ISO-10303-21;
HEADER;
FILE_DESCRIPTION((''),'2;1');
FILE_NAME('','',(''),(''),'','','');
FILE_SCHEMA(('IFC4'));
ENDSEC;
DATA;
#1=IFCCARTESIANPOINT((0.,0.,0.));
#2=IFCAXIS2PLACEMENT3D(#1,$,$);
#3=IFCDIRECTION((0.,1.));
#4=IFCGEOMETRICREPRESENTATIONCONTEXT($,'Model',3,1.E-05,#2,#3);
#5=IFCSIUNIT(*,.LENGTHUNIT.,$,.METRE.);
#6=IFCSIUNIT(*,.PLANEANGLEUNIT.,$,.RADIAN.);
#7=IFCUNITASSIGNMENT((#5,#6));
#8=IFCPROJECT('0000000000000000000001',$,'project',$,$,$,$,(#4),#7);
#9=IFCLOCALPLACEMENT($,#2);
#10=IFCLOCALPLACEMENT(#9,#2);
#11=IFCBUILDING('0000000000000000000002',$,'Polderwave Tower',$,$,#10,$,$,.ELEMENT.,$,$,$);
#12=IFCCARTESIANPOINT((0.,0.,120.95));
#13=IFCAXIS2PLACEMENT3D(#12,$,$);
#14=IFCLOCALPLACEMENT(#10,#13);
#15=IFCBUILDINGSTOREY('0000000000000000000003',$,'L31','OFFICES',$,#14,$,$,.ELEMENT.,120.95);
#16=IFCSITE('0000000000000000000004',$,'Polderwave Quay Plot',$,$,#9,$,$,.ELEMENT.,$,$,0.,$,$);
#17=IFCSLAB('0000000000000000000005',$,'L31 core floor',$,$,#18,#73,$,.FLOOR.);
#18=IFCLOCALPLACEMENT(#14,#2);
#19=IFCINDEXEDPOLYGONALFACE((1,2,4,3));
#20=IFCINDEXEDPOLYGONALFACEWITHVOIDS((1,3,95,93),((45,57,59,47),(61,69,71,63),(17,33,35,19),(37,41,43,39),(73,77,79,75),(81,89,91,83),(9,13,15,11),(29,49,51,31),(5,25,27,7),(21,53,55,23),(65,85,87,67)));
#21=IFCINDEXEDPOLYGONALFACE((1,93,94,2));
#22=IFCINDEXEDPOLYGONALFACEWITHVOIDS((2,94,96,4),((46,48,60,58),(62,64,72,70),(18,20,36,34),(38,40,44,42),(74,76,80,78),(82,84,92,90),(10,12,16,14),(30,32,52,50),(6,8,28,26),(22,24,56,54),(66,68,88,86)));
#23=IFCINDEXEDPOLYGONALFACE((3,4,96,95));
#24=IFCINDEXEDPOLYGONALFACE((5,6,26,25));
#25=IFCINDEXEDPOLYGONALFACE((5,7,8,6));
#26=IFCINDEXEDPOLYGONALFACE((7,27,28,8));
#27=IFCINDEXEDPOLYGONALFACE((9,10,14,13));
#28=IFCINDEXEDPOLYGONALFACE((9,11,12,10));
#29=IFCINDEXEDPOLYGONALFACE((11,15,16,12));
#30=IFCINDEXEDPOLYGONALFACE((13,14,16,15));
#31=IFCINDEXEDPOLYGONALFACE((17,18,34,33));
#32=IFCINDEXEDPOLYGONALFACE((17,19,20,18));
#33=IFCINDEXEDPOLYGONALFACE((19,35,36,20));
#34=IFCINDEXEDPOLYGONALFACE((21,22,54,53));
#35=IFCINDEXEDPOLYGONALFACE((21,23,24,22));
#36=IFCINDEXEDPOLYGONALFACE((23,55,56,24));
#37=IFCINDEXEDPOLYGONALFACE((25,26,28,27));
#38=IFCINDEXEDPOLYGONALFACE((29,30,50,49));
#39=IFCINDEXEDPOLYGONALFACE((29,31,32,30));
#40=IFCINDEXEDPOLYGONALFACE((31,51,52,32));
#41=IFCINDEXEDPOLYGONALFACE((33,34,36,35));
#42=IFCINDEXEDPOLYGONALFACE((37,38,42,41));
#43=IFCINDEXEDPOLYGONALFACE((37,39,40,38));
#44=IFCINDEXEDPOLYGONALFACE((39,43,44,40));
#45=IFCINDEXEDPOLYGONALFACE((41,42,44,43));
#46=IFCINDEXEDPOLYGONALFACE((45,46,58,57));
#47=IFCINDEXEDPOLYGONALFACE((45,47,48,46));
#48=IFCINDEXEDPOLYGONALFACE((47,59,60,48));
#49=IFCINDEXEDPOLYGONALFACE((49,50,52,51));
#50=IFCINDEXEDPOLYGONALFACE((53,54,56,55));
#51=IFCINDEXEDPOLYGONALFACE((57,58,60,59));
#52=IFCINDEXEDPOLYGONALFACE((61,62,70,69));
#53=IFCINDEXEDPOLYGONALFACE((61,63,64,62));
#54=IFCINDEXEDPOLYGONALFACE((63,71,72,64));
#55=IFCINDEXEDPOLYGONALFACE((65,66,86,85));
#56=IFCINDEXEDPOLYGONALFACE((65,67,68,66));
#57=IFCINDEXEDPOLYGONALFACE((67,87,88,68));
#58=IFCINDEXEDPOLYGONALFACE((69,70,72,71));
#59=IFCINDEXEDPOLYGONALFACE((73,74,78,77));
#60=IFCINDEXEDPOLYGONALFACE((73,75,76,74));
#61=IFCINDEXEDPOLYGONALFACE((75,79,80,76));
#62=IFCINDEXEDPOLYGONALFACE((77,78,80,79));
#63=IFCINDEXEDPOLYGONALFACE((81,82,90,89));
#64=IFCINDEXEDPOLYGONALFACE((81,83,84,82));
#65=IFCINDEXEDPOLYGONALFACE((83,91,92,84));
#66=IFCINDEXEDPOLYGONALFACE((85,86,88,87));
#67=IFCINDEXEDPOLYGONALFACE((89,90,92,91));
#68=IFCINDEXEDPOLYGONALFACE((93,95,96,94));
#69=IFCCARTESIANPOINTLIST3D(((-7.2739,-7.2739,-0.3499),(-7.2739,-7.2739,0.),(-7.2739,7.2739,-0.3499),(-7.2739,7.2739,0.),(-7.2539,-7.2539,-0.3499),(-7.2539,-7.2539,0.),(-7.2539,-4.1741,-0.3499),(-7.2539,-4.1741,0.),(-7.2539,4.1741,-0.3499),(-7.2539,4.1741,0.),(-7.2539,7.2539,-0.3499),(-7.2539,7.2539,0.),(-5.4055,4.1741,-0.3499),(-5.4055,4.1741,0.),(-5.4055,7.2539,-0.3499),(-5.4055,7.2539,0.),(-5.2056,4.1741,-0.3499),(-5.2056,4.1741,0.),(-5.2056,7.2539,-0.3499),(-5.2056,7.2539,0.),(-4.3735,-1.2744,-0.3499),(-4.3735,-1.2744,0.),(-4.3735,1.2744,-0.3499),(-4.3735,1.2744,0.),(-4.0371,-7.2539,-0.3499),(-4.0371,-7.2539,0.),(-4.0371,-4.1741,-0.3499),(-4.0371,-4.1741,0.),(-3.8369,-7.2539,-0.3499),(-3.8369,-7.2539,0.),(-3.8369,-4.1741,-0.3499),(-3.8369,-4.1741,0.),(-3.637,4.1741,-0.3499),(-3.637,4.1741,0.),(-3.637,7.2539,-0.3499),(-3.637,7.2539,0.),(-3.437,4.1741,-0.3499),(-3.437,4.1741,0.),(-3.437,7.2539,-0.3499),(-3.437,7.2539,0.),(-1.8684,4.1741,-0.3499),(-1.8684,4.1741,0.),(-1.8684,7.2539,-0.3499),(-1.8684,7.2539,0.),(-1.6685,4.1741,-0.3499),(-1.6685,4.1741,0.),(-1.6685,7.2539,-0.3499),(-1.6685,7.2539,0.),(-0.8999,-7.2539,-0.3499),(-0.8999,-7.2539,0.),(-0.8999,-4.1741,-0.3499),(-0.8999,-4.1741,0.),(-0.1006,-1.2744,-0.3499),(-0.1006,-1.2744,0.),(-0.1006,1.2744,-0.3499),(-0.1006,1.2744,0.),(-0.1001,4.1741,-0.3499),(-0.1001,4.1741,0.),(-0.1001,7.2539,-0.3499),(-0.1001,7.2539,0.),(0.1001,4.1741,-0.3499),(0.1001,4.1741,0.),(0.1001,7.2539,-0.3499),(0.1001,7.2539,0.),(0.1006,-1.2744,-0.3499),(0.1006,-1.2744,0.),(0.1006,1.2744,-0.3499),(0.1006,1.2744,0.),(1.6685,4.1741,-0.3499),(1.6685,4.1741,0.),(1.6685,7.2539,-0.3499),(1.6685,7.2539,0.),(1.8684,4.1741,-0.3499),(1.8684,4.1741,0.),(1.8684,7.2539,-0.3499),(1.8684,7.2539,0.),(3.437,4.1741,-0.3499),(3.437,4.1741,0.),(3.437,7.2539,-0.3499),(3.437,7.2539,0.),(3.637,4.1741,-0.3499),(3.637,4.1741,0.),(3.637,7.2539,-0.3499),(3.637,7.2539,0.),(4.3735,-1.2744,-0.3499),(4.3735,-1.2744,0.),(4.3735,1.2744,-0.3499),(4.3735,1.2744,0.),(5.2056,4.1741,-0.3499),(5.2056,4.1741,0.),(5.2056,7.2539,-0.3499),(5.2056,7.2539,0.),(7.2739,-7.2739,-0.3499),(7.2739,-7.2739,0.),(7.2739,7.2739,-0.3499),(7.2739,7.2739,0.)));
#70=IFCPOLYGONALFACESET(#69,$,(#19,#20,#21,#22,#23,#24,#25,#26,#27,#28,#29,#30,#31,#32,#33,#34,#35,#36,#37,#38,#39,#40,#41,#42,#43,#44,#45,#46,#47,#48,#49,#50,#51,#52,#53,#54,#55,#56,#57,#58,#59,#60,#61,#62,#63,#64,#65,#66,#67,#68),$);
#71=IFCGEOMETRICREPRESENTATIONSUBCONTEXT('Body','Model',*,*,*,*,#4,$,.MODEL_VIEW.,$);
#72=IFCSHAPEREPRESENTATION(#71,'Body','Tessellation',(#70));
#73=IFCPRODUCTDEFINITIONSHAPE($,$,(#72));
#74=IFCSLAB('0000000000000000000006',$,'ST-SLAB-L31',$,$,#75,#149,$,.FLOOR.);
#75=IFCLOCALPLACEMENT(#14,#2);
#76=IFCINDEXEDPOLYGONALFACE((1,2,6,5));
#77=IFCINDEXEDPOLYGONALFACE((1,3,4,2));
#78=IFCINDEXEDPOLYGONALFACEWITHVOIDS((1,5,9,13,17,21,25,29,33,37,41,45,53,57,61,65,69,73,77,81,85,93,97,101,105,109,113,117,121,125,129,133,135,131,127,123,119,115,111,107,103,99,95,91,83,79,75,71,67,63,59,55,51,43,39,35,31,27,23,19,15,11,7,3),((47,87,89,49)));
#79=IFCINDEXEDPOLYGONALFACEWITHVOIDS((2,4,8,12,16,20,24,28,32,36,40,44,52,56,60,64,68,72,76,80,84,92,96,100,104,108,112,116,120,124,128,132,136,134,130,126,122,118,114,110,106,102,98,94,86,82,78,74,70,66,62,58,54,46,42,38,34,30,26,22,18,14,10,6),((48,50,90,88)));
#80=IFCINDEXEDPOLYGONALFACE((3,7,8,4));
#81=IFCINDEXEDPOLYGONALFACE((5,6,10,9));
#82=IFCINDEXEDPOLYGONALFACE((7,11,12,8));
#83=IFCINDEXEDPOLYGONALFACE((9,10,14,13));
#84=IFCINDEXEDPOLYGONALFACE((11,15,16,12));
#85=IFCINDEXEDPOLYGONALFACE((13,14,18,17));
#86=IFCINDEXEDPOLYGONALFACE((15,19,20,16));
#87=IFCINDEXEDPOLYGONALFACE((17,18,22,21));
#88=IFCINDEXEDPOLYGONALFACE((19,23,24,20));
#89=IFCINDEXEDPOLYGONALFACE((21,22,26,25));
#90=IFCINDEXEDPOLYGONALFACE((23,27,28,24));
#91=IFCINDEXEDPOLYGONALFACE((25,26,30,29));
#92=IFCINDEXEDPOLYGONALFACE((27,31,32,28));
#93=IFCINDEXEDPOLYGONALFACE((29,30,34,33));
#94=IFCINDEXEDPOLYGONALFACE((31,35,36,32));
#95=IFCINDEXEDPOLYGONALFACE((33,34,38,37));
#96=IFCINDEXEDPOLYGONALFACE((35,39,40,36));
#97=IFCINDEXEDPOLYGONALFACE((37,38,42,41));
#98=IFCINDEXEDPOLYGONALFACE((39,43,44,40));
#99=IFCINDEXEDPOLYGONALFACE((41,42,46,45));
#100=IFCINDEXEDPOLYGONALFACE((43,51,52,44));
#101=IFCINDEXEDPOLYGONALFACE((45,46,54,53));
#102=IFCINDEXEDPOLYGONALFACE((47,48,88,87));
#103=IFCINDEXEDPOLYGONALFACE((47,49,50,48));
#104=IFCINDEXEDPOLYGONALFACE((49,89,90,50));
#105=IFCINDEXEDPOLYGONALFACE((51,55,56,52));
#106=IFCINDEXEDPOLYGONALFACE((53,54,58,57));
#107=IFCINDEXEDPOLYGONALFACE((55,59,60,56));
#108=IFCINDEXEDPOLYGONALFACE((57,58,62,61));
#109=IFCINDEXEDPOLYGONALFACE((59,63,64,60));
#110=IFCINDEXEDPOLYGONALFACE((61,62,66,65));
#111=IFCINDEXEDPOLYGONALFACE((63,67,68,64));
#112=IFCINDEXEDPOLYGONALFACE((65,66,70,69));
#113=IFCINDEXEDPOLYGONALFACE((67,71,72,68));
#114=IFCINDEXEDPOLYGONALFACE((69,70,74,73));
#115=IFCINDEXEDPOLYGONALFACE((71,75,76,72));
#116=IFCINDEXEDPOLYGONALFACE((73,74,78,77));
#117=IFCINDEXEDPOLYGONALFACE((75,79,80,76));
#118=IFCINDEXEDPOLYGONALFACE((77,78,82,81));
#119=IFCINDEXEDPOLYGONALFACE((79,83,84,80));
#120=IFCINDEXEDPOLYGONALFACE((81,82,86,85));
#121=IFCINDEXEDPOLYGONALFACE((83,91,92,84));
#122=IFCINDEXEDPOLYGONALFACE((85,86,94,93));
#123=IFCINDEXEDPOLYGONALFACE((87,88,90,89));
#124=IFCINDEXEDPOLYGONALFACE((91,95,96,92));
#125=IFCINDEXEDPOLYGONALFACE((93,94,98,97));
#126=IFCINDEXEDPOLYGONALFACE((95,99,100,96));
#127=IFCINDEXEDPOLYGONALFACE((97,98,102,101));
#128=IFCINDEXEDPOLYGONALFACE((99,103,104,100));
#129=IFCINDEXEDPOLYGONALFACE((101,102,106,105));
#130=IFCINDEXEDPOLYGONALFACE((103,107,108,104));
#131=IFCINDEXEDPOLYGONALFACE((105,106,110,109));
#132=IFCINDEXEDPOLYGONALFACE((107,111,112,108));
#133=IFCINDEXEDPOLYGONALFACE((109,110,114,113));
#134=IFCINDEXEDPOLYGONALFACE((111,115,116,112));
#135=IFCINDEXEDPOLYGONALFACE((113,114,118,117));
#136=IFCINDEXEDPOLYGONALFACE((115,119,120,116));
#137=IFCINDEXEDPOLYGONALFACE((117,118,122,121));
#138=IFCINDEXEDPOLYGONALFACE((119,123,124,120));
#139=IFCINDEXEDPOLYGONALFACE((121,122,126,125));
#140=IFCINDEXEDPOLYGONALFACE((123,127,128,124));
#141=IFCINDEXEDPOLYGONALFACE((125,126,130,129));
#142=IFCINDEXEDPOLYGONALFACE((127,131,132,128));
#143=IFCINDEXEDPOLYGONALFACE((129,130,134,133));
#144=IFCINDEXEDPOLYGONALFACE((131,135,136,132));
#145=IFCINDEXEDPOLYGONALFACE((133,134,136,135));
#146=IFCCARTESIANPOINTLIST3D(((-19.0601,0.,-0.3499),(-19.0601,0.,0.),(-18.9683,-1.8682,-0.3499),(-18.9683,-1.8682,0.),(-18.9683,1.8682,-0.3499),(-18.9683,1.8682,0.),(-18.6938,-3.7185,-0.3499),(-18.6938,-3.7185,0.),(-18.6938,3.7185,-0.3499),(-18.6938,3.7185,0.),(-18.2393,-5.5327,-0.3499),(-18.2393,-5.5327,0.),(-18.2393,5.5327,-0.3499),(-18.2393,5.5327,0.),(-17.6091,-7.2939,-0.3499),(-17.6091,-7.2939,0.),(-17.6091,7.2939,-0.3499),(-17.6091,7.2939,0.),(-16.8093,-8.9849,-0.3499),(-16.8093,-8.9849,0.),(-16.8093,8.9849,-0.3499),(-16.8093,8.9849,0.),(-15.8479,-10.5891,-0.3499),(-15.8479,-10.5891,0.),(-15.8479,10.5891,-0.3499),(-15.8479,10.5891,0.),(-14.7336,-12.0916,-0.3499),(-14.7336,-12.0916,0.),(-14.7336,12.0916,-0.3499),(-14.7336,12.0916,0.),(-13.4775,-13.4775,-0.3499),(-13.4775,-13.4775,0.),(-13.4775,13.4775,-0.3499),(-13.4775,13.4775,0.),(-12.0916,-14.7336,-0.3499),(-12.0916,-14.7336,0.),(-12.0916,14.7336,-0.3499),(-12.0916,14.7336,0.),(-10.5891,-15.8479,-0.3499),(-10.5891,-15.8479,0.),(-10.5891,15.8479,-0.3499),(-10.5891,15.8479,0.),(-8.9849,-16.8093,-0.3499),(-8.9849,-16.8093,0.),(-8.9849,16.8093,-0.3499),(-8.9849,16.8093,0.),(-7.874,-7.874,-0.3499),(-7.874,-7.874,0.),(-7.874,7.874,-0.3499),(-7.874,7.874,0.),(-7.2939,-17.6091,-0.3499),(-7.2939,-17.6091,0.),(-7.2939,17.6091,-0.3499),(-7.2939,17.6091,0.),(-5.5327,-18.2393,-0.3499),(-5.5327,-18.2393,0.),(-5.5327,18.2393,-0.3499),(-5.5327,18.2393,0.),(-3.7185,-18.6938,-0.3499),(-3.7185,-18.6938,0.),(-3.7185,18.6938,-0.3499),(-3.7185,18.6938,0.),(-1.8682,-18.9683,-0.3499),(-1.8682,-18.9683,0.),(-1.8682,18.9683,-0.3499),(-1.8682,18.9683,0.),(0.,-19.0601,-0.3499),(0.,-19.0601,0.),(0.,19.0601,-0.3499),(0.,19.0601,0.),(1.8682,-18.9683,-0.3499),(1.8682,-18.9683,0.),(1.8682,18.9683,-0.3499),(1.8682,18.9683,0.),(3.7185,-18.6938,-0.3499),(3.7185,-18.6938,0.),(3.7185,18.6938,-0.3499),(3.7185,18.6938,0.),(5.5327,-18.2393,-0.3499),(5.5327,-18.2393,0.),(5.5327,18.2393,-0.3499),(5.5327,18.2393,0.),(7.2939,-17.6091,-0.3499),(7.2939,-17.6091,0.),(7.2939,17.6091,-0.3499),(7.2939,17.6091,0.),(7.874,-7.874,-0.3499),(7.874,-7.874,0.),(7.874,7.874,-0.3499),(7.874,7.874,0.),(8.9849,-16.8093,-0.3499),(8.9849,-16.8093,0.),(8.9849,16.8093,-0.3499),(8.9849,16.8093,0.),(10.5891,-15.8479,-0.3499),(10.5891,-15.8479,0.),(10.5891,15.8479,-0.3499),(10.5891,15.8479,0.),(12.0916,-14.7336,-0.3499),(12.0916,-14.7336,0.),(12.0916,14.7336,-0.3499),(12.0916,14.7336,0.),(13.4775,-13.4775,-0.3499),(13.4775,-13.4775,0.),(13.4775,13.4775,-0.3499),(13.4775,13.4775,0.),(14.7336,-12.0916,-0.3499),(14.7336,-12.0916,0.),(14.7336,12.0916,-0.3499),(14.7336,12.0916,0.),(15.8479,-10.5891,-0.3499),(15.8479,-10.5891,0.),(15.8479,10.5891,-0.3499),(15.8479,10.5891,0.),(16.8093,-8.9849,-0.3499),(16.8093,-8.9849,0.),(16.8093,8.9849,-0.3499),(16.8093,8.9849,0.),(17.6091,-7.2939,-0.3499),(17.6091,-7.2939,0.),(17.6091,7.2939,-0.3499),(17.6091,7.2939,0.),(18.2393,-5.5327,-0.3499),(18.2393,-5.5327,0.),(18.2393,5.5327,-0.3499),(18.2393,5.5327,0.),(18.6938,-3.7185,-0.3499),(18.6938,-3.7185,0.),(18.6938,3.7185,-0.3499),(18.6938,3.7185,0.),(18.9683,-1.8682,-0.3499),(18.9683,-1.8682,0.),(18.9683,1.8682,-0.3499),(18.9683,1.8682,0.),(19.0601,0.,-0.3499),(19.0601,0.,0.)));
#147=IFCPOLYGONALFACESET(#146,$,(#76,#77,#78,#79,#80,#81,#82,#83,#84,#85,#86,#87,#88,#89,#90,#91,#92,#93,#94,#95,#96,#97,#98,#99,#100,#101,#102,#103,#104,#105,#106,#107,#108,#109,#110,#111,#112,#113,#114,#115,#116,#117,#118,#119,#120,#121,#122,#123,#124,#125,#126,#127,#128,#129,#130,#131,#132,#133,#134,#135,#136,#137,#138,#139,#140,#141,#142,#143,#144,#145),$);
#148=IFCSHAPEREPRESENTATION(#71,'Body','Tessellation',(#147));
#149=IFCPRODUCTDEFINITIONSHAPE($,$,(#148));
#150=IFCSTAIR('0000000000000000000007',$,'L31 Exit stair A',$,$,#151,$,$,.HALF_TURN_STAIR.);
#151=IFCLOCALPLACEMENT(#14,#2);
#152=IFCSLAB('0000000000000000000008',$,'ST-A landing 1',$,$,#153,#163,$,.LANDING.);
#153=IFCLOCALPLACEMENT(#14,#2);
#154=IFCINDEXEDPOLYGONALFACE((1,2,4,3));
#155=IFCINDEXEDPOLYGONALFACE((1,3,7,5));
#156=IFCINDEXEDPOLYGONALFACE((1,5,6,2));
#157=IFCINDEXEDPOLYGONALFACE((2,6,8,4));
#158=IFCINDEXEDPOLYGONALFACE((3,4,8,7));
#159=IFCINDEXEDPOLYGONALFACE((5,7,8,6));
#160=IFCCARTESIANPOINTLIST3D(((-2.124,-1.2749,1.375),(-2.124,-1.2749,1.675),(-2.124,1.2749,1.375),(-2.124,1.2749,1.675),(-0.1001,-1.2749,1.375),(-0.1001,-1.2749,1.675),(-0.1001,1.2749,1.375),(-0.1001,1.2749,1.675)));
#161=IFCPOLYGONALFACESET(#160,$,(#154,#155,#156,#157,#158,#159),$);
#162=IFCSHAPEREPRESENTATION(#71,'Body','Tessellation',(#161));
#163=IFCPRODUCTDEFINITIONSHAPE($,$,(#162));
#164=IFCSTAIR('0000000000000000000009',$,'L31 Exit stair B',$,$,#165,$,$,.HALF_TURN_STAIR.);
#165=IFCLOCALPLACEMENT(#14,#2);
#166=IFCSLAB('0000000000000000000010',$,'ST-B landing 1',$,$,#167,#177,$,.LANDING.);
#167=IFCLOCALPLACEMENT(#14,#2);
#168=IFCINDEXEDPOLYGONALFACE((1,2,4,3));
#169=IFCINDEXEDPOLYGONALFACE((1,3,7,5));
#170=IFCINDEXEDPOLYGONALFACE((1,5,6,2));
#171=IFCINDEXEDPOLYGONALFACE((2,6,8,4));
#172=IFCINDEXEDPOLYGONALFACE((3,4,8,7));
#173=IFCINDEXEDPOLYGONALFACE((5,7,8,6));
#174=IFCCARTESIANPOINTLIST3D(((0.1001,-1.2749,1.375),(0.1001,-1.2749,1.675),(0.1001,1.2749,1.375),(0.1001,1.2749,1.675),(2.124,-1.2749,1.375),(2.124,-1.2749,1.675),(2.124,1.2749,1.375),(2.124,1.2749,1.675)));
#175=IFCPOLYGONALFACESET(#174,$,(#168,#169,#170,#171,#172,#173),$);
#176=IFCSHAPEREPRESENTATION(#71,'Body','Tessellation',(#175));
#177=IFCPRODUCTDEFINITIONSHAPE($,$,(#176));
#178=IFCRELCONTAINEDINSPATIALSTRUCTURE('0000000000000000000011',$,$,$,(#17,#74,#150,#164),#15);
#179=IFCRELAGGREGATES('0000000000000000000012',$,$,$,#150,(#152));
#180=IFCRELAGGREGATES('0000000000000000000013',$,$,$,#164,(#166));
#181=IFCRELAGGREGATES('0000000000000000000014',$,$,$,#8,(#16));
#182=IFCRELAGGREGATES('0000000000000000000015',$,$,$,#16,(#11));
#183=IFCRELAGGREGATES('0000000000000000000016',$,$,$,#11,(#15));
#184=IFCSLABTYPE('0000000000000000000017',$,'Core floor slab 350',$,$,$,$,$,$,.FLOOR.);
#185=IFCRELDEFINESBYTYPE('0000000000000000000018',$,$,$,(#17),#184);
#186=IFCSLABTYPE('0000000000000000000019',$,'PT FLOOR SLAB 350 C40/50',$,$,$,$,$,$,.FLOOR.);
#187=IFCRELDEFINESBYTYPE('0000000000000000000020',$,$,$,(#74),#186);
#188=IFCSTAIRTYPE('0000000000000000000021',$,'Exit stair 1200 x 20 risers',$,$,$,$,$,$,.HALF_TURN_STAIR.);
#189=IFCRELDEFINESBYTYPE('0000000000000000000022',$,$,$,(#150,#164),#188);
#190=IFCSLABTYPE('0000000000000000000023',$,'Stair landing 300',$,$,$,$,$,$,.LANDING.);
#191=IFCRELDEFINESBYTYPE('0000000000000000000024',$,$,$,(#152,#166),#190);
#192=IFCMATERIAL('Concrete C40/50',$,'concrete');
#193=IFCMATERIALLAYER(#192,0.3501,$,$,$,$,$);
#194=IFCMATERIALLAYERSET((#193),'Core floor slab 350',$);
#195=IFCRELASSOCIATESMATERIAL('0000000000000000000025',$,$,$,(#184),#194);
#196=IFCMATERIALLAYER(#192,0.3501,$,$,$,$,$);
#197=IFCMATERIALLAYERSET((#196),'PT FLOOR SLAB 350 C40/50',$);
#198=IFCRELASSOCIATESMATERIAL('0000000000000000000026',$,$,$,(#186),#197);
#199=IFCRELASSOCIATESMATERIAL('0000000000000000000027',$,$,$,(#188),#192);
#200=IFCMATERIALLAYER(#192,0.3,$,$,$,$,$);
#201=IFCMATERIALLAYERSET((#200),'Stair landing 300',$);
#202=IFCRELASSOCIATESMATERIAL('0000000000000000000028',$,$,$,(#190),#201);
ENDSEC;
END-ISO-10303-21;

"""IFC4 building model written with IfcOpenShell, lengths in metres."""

from ifc_helpers import new_model, si_unit, direction, frame, origin, place, context, subcontext, project, spatial, polyline, outline, extrude, material, layer, layer_set, type_object, element, aggregate, save


model = new_model("IFC4")

# Units and contexts
model_context = context("Model", 3, precision=1e-05, world=origin(), true_north=direction((0.0, 1.0)))
body_context = subcontext(model_context, "Body", "Model", "MODEL_VIEW")
ifc_project = project(units=[si_unit("LENGTHUNIT", "METRE"), si_unit("PLANEANGLEUNIT", "RADIAN")], contexts=[model_context])

# Site, building, storey
site_placement = place(None, origin())
site = spatial("IfcSite", under=ifc_project, at=site_placement, Name="Polderwave Quay Plot", CompositionType="ELEMENT", RefElevation=0.0)
building_placement = place(site_placement, origin())
building = spatial("IfcBuilding", under=site, at=building_placement, Name="Polderwave Tower", CompositionType="ELEMENT")
storey_placement = place(building_placement, frame((0.0, 0.0, 120.95)))
storey = spatial("IfcBuildingStorey", under=building, at=storey_placement, Name="L31", Description="OFFICES", CompositionType="ELEMENT", Elevation=120.95)

# Slabs
ifc_material_1 = material(Name="Concrete C40/50", Category="concrete")
ifc_layer_1 = layer(ifc_material_1, 0.3501)
ifc_layer_set_1 = layer_set([ifc_layer_1], Name="Core floor slab 350")
slab_type_1 = type_object("IfcSlabType", Name="Core floor slab 350", PredefinedType="FLOOR", material=ifc_layer_set_1)
slab_1_placement = place(storey_placement, frame((0.0, 0.0, -0.3499)))
element("IfcSlab", 1, at=slab_1_placement, inside=storey, type_object=slab_type_1, Name="L31 core floor", PredefinedType="FLOOR", context=body_context, shape_type="SweptSolid", body=[
    extrude(outline(polyline([(-7.2739, -7.2739), (7.2739, -7.2739), (7.2739, 7.2739), (-7.2739, 7.2739), (-7.2739, -7.2739)]), holes=[polyline([(-7.2539, -7.2539), (-4.0371, -7.2539), (-4.0371, -4.1741), (-7.2539, -4.1741), (-7.2539, -7.2539)]), polyline([(-3.8369, -7.2539), (-0.8999, -7.2539), (-0.8999, -4.1741), (-3.8369, -4.1741), (-3.8369, -7.2539)]), polyline([(-7.2539, 4.1741), (-5.4055, 4.1741), (-5.4055, 7.2539), (-7.2539, 7.2539), (-7.2539, 4.1741)]), polyline([(-5.2056, 4.1741), (-3.637, 4.1741), (-3.637, 7.2539), (-5.2056, 7.2539), (-5.2056, 4.1741)]), polyline([(-3.437, 4.1741), (-1.8684, 4.1741), (-1.8684, 7.2539), (-3.437, 7.2539), (-3.437, 4.1741)]), polyline([(-1.6685, 4.1741), (-0.1001, 4.1741), (-0.1001, 7.2539), (-1.6685, 7.2539), (-1.6685, 4.1741)]), polyline([(0.1001, 4.1741), (1.6685, 4.1741), (1.6685, 7.2539), (0.1001, 7.2539), (0.1001, 4.1741)]), polyline([(1.8684, 4.1741), (3.437, 4.1741), (3.437, 7.2539), (1.8684, 7.2539), (1.8684, 4.1741)]), polyline([(3.637, 4.1741), (5.2056, 4.1741), (5.2056, 7.2539), (3.637, 7.2539), (3.637, 4.1741)]), polyline([(-4.3735, -1.2744), (-0.1006, -1.2744), (-0.1006, 1.2744), (-4.3735, 1.2744), (-4.3735, -1.2744)]), polyline([(0.1006, -1.2744), (4.3735, -1.2744), (4.3735, 1.2744), (0.1006, 1.2744), (0.1006, -1.2744)])]), origin(), (0.0, 0.0, 1.0), 0.3499),
])
ifc_layer_2 = layer(ifc_material_1, 0.3501)
ifc_layer_set_2 = layer_set([ifc_layer_2], Name="PT FLOOR SLAB 350 C40/50")
slab_type_2 = type_object("IfcSlabType", Name="PT FLOOR SLAB 350 C40/50", PredefinedType="FLOOR", material=ifc_layer_set_2)
slab_2_placement = place(storey_placement, frame((0.0, 0.0, -0.3499)))
element("IfcSlab", 2, at=slab_2_placement, inside=storey, type_object=slab_type_2, Name="ST-SLAB-L31", PredefinedType="FLOOR", context=body_context, shape_type="SweptSolid", body=[
    extrude(outline(polyline([(19.0601, 0.0), (18.9683, 1.8682), (18.6938, 3.7185), (18.2393, 5.5327), (17.6091, 7.2939), (16.8093, 8.9849), (15.8479, 10.5891), (14.7336, 12.0916), (13.4775, 13.4775), (12.0916, 14.7336), (10.5891, 15.8479), (8.9849, 16.8093), (7.2939, 17.6091), (5.5327, 18.2393), (3.7185, 18.6938), (1.8682, 18.9683), (0.0, 19.0601), (-1.8682, 18.9683), (-3.7185, 18.6938), (-5.5327, 18.2393), (-7.2939, 17.6091), (-8.9849, 16.8093), (-10.5891, 15.8479), (-12.0916, 14.7336), (-13.4775, 13.4775), (-14.7336, 12.0916), (-15.8479, 10.5891), (-16.8093, 8.9849), (-17.6091, 7.2939), (-18.2393, 5.5327), (-18.6938, 3.7185), (-18.9683, 1.8682), (-19.0601, 0.0), (-18.9683, -1.8682), (-18.6938, -3.7185), (-18.2393, -5.5327), (-17.6091, -7.2939), (-16.8093, -8.9849), (-15.8479, -10.5891), (-14.7336, -12.0916), (-13.4775, -13.4775), (-12.0916, -14.7336), (-10.5891, -15.8479), (-8.9849, -16.8093), (-7.2939, -17.6091), (-5.5327, -18.2393), (-3.7185, -18.6938), (-1.8682, -18.9683), (0.0, -19.0601), (1.8682, -18.9683), (3.7185, -18.6938), (5.5327, -18.2393), (7.2939, -17.6091), (8.9849, -16.8093), (10.5891, -15.8479), (12.0916, -14.7336), (13.4775, -13.4775), (14.7336, -12.0916), (15.8479, -10.5891), (16.8093, -8.9849), (17.6091, -7.2939), (18.2393, -5.5327), (18.6938, -3.7185), (18.9683, -1.8682), (19.0601, 0.0)]), holes=[polyline([(-7.874, -7.874), (7.874, -7.874), (7.874, 7.874), (-7.874, 7.874), (-7.874, -7.874)])]), origin(), (0.0, 0.0, 1.0), 0.3499),
])

# Stairs, slabs
stair_type = type_object("IfcStairType", Name="Exit stair 1200 x 20 risers", PredefinedType="HALF_TURN_STAIR", material=ifc_material_1)
stair_1_placement = place(storey_placement, origin())
stair_1 = element("IfcStair", 3, at=stair_1_placement, inside=storey, type_object=stair_type, Name="L31 Exit stair A", PredefinedType="HALF_TURN_STAIR")
ifc_layer_3 = layer(ifc_material_1, 0.3)
ifc_layer_set_3 = layer_set([ifc_layer_3], Name="Stair landing 300")
slab_type_3 = type_object("IfcSlabType", Name="Stair landing 300", PredefinedType="LANDING", material=ifc_layer_set_3)
slab_3_placement = place(storey_placement, frame((0.0, 0.0, 1.375)))
slab_3 = element("IfcSlab", 4, at=slab_3_placement, type_object=slab_type_3, Name="ST-A landing 1", PredefinedType="LANDING", context=body_context, shape_type="SweptSolid", body=[
    extrude(outline(polyline([(-2.124, -1.2749), (-0.1001, -1.2749), (-0.1001, 1.2749), (-2.124, 1.2749), (-2.124, -1.2749)])), origin(), (0.0, 0.0, 1.0), 0.3),
])
aggregate(stair_1, [slab_3])
stair_2_placement = place(storey_placement, origin())
stair_2 = element("IfcStair", 5, at=stair_2_placement, inside=storey, type_object=stair_type, Name="L31 Exit stair B", PredefinedType="HALF_TURN_STAIR")
slab_4_placement = place(storey_placement, frame((0.0, 0.0, 1.375)))
slab_4 = element("IfcSlab", 6, at=slab_4_placement, type_object=slab_type_3, Name="ST-B landing 1", PredefinedType="LANDING", context=body_context, shape_type="SweptSolid", body=[
    extrude(outline(polyline([(2.124, 1.2749), (0.1001, 1.2749), (0.1001, -1.2749), (2.124, -1.2749), (2.124, 1.2749)])), origin(), (0.0, 0.0, 1.0), 0.3),
])

aggregate(stair_2, [slab_4])

save(model, "model.ifc")
